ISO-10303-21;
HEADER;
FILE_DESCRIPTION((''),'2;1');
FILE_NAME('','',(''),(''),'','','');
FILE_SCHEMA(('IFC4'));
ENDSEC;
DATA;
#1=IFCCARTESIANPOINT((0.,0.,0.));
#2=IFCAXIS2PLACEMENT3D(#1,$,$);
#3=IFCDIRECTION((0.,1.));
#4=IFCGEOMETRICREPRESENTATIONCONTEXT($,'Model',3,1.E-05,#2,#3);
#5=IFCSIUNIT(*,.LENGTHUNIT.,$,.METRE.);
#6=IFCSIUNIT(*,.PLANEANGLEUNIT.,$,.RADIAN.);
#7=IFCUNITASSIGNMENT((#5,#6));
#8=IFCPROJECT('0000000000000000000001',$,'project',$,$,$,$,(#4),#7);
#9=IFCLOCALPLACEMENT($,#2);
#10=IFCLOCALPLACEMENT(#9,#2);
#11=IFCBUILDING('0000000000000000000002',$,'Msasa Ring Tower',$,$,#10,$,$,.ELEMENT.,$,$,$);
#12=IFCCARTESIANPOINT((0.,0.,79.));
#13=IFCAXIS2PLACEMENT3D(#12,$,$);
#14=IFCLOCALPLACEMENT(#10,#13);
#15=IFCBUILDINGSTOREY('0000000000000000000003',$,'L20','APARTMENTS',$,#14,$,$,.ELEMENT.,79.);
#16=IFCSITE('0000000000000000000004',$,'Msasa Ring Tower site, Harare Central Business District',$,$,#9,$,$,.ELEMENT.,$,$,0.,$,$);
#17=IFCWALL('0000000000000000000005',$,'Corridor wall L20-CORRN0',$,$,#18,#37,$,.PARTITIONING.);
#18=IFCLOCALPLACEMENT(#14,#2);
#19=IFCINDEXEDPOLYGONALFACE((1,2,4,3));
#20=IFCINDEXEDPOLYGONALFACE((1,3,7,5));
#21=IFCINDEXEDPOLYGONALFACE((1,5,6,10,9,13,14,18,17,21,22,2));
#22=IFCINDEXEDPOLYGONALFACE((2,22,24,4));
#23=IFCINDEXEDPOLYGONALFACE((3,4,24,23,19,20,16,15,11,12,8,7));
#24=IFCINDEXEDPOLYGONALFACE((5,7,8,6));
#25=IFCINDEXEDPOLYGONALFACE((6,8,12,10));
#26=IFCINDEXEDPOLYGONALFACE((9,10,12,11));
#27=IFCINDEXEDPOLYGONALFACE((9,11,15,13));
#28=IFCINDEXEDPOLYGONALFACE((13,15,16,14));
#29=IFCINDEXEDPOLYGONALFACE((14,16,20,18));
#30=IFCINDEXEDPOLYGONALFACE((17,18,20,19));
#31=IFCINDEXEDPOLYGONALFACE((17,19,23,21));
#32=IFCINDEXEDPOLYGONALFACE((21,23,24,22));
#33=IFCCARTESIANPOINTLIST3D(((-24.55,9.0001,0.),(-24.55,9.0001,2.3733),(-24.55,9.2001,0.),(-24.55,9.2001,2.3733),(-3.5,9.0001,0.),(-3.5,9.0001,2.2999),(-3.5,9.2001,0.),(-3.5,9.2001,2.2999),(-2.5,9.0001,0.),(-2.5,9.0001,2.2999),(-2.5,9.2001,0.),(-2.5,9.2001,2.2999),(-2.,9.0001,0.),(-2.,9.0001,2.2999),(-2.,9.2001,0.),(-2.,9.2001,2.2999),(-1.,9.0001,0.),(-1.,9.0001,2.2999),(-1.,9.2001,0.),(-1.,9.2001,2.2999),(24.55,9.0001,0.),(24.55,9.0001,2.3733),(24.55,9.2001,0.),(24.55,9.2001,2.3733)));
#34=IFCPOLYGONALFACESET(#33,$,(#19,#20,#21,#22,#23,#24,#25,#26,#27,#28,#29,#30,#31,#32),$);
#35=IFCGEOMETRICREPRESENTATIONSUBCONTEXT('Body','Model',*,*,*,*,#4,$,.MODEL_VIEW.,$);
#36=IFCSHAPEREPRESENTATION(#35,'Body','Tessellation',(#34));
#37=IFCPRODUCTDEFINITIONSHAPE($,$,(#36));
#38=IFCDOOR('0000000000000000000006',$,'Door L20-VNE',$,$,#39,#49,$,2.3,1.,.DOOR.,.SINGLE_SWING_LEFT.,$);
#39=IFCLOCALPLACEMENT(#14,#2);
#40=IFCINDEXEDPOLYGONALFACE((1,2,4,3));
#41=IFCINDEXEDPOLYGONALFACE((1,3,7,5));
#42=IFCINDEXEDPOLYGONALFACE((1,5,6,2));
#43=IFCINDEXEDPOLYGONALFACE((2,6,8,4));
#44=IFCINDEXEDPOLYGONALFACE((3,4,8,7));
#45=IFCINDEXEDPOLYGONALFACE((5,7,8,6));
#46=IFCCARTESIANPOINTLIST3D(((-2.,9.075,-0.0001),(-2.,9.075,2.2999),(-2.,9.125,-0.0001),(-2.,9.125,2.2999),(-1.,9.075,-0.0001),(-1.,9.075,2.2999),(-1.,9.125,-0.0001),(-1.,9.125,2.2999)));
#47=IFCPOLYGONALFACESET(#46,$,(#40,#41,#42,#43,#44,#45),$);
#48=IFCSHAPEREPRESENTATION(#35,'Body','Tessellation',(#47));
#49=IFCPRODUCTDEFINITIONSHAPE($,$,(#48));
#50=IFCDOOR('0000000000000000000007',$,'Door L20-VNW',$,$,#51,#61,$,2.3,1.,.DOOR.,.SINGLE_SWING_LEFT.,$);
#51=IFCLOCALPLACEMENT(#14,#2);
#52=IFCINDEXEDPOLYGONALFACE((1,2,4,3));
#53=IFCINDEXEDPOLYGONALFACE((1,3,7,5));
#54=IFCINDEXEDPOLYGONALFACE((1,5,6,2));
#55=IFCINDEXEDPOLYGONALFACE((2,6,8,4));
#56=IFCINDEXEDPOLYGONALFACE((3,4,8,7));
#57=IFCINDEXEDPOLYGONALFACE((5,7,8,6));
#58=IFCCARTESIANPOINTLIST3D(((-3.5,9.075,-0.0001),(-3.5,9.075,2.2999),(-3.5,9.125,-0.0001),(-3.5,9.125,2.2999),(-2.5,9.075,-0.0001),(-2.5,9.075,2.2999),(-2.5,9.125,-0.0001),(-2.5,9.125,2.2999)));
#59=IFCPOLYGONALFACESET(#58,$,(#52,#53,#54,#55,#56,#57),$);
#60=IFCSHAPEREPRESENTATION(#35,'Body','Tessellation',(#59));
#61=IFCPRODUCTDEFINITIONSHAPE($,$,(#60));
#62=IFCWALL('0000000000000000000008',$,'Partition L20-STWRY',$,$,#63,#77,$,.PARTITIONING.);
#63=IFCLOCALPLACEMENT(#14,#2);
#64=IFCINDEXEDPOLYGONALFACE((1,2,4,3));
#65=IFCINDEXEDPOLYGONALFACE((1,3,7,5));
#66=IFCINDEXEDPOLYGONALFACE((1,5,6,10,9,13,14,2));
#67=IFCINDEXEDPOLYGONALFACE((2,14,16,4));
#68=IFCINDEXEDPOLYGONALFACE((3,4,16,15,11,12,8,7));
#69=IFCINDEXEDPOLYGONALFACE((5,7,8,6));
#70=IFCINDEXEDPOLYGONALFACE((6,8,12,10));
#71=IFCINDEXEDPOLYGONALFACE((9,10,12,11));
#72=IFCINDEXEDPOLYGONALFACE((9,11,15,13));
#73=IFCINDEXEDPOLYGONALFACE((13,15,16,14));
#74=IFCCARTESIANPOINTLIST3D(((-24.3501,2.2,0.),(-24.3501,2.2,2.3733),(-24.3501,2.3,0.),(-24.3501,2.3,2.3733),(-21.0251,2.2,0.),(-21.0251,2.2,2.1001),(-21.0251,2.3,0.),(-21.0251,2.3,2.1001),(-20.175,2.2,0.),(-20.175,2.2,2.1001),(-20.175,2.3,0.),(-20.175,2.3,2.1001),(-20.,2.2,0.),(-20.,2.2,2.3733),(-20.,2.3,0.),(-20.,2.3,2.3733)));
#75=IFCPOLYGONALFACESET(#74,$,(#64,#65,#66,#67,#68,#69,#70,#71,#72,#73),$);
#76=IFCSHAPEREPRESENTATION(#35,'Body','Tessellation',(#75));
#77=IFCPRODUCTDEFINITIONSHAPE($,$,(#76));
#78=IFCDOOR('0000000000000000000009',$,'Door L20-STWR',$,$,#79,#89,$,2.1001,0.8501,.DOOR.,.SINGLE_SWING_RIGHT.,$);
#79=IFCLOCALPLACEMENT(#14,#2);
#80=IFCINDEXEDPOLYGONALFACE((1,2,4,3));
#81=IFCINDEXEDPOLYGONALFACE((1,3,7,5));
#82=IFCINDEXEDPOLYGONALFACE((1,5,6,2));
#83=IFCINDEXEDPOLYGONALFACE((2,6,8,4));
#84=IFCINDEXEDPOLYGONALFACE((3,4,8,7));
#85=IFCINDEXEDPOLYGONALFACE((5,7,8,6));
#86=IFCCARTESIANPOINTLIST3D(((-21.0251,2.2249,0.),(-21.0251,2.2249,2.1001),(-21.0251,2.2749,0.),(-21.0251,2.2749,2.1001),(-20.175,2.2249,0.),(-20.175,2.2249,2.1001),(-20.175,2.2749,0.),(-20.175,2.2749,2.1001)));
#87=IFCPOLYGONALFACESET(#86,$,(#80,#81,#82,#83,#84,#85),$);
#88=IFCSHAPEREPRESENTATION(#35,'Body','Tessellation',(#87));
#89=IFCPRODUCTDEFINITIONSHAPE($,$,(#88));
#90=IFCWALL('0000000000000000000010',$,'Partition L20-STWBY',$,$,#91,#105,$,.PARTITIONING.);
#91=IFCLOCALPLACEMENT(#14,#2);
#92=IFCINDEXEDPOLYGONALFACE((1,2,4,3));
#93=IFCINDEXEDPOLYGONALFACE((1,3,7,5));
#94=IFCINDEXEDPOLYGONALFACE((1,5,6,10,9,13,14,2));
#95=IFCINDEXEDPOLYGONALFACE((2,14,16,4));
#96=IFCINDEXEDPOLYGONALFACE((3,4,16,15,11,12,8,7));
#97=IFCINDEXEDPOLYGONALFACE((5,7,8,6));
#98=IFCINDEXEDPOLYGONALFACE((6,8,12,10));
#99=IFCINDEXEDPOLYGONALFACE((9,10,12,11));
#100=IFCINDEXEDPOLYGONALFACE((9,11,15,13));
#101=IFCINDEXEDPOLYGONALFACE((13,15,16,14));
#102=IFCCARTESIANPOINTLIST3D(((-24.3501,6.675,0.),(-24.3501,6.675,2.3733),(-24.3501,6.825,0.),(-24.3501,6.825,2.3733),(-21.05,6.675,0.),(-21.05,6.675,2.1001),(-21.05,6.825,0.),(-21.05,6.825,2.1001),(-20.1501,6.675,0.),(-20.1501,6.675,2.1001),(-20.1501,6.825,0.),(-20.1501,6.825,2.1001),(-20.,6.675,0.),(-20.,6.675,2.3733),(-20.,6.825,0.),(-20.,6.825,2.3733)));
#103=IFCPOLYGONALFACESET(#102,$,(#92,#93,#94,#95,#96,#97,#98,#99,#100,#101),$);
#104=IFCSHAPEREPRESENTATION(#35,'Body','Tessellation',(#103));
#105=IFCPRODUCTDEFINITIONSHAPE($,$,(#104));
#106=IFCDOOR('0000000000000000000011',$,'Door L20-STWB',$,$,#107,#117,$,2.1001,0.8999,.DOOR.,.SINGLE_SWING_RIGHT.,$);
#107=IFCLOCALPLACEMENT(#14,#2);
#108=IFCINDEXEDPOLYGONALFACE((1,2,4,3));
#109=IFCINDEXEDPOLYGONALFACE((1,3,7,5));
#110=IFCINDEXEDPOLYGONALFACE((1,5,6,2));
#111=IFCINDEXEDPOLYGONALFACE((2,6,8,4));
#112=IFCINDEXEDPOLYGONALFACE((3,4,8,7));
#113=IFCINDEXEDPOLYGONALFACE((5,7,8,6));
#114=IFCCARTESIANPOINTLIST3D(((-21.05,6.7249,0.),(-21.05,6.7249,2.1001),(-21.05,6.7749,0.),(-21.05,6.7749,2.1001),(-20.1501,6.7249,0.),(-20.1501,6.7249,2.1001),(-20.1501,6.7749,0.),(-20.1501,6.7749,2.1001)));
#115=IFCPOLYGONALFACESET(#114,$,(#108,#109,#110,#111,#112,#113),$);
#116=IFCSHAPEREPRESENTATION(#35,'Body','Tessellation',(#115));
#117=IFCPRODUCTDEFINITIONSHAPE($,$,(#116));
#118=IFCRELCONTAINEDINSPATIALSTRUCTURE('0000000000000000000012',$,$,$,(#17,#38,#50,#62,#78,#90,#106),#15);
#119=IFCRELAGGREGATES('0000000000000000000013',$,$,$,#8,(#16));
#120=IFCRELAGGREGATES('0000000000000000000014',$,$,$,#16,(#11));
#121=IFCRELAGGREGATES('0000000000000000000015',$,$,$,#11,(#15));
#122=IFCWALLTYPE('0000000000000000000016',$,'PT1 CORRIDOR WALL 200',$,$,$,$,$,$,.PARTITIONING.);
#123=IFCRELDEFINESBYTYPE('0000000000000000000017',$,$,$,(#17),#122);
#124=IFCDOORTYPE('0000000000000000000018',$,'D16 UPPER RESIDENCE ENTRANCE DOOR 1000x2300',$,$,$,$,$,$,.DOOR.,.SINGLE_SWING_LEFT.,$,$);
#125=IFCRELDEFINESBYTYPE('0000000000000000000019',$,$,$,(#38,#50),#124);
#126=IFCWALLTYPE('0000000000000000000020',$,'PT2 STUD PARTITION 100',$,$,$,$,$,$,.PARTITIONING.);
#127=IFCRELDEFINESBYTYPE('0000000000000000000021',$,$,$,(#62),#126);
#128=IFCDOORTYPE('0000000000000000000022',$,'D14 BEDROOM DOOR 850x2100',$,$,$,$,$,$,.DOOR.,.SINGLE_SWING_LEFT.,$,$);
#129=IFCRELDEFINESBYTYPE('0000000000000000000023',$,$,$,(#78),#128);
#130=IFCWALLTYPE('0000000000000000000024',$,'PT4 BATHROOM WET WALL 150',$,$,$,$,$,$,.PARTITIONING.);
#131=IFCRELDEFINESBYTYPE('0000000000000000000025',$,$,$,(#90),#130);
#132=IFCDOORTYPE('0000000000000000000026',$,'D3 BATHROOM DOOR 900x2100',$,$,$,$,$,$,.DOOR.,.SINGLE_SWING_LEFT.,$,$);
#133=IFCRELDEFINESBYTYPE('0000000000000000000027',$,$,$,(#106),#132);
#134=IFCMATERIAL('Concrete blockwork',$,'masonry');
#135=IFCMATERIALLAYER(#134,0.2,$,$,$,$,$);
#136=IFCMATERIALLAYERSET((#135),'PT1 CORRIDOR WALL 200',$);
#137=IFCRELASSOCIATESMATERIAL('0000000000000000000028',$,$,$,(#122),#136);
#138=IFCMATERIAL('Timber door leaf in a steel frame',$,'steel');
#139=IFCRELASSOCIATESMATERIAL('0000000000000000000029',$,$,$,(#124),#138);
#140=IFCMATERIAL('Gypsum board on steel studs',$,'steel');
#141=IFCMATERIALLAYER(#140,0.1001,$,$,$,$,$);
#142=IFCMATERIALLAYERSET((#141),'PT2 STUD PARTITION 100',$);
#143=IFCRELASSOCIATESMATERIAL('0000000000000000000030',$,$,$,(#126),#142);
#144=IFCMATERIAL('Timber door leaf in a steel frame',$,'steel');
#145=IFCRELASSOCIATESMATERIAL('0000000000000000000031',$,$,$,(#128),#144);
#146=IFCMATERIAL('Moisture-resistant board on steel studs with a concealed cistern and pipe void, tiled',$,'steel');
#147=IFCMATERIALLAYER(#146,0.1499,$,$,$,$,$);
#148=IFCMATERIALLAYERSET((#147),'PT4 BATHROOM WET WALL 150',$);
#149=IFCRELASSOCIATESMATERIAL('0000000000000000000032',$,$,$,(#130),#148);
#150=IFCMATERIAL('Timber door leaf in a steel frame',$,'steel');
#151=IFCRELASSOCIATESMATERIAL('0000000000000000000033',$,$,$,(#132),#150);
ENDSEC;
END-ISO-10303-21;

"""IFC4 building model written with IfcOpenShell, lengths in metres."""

from ifc_helpers import new_model, si_unit, direction, frame, frame_2d, origin, place, context, subcontext, project, spatial, rectangle, extrude, material, layer, layer_set, type_object, element, fill, save


model = new_model("IFC4")

# Units and contexts
model_context = context("Model", 3, precision=1e-05, world=origin(), true_north=direction((0.0, 1.0)))
body_context = subcontext(model_context, "Body", "Model", "MODEL_VIEW")
ifc_project = project(units=[si_unit("LENGTHUNIT", "METRE"), si_unit("PLANEANGLEUNIT", "RADIAN")], contexts=[model_context])

# Site, building, storey
site_placement = place(None, origin())
site = spatial("IfcSite", under=ifc_project, at=site_placement, Name="Msasa Ring Tower site, Harare Central Business District", CompositionType="ELEMENT", RefElevation=0.0)
building_placement = place(site_placement, origin())
building = spatial("IfcBuilding", under=site, at=building_placement, Name="Msasa Ring Tower", CompositionType="ELEMENT")
storey_placement = place(building_placement, frame((0.0, 0.0, 79.0)))
storey = spatial("IfcBuildingStorey", under=building, at=storey_placement, Name="L20", Description="APARTMENTS", CompositionType="ELEMENT", Elevation=79.0)

# Wall, openings, doors
ifc_material_1 = material(Name="Concrete blockwork", Category="masonry")
ifc_layer_1 = layer(ifc_material_1, 0.2)
ifc_layer_set_1 = layer_set([ifc_layer_1], Name="PT1 CORRIDOR WALL 200")
wall_type_1 = type_object("IfcWallType", Name="PT1 CORRIDOR WALL 200", PredefinedType="PARTITIONING", material=ifc_layer_set_1)
wall_1_placement = place(storey_placement, frame((-24.55, 9.1001, 0.0), z_axis=(0.0, 0.0, 1.0), x_axis=(1.0, 0.0, 0.0)))
wall_1 = element("IfcWall", 1, at=wall_1_placement, inside=storey, type_object=wall_type_1, Name="Corridor wall L20-CORRN0", PredefinedType="PARTITIONING", context=body_context, shape_type="SweptSolid", body=[
    extrude(rectangle(XDim=49.1001, YDim=0.2, at=frame_2d((24.55, 0.0))), origin(), (0.0, 0.0, 1.0), 2.3733),
])
opening_1_placement = place(wall_1_placement, frame((22.55, 0.0, 0.0)))
opening_1 = element("IfcOpeningElement", 2, at=opening_1_placement, cuts=wall_1, PredefinedType="OPENING", context=body_context, shape_type="SweptSolid", body=[
    extrude(rectangle(XDim=1.0, YDim=2.3, at=frame_2d((0.5, 1.1499))), frame((0.0, 0.1099, 0.0), z_axis=(0.0, -1.0, 0.0), x_axis=(1.0, 0.0, 0.0)), (0.0, 0.0, 1.0), 0.22),
])
opening_2_placement = place(wall_1_placement, frame((21.05, 0.0, 0.0)))
opening_2 = element("IfcOpeningElement", 3, at=opening_2_placement, cuts=wall_1, PredefinedType="OPENING", context=body_context, shape_type="SweptSolid", body=[
    extrude(rectangle(XDim=1.0, YDim=2.3, at=frame_2d((0.5, 1.1499))), frame((0.0, 0.1099, 0.0), z_axis=(0.0, -1.0, 0.0), x_axis=(1.0, 0.0, 0.0)), (0.0, 0.0, 1.0), 0.22),
])
ifc_material_2 = material(Name="Timber door leaf in a steel frame", Category="steel")
door_type_1 = type_object("IfcDoorType", Name="D16 UPPER RESIDENCE ENTRANCE DOOR 1000x2300", OperationType="SINGLE_SWING_LEFT", PredefinedType="DOOR", material=ifc_material_2)
door_1_placement = place(opening_1_placement, origin())
door_1 = element("IfcDoor", 4, at=door_1_placement, inside=storey, type_object=door_type_1, Name="Door L20-VNE", OperationType="SINGLE_SWING_LEFT", OverallHeight=2.3, OverallWidth=1.0, PredefinedType="DOOR", context=body_context, shape_type="SweptSolid", body=[
    extrude(rectangle(XDim=1.0, YDim=2.3, at=frame_2d((0.5, 1.1499))), frame((0.0, 0.0249, 0.0), z_axis=(0.0, -1.0, 0.0), x_axis=(1.0, 0.0, 0.0)), (0.0, 0.0, 1.0), 0.05),
])
fill(opening_1, door_1)
door_2_placement = place(opening_2_placement, origin())
door_2 = element("IfcDoor", 5, at=door_2_placement, inside=storey, type_object=door_type_1, Name="Door L20-VNW", OperationType="SINGLE_SWING_LEFT", OverallHeight=2.3, OverallWidth=1.0, PredefinedType="DOOR", context=body_context, shape_type="SweptSolid", body=[
    extrude(rectangle(XDim=1.0, YDim=2.3, at=frame_2d((0.5, 1.1499))), frame((0.0, 0.0249, 0.0), z_axis=(0.0, -1.0, 0.0), x_axis=(1.0, 0.0, 0.0)), (0.0, 0.0, 1.0), 0.05),
])
fill(opening_2, door_2)

# Walls, openings, doors
ifc_material_3 = material(Name="Gypsum board on steel studs", Category="steel")
ifc_layer_2 = layer(ifc_material_3, 0.1001)
ifc_layer_set_2 = layer_set([ifc_layer_2], Name="PT2 STUD PARTITION 100")
wall_type_2 = type_object("IfcWallType", Name="PT2 STUD PARTITION 100", PredefinedType="PARTITIONING", material=ifc_layer_set_2)
wall_2_placement = place(storey_placement, frame((-24.3501, 2.25, 0.0), z_axis=(0.0, 0.0, 1.0), x_axis=(1.0, 0.0, 0.0)))
wall_2 = element("IfcWall", 6, at=wall_2_placement, inside=storey, type_object=wall_type_2, Name="Partition L20-STWRY", PredefinedType="PARTITIONING", context=body_context, shape_type="SweptSolid", body=[
    extrude(rectangle(XDim=4.3501, YDim=0.1001, at=frame_2d((2.175, 0.0))), origin(), (0.0, 0.0, 1.0), 2.3733),
])
opening_3_placement = place(wall_2_placement, frame((3.325, 0.0, 0.0)))
opening_3 = element("IfcOpeningElement", 7, at=opening_3_placement, cuts=wall_2, PredefinedType="OPENING", context=body_context, shape_type="SweptSolid", body=[
    extrude(rectangle(XDim=0.8501, YDim=2.1001, at=frame_2d((0.425, 1.05))), frame((0.0, 0.0601, 0.0), z_axis=(0.0, -1.0, 0.0), x_axis=(1.0, 0.0, 0.0)), (0.0, 0.0, 1.0), 0.1201),
])
ifc_material_4 = material(Name="Timber door leaf in a steel frame", Category="steel")
door_type_2 = type_object("IfcDoorType", Name="D14 BEDROOM DOOR 850x2100", OperationType="SINGLE_SWING_LEFT", PredefinedType="DOOR", material=ifc_material_4)
door_3_placement = place(opening_3_placement, origin())
door_3 = element("IfcDoor", 8, at=door_3_placement, inside=storey, type_object=door_type_2, Name="Door L20-STWR", OperationType="SINGLE_SWING_RIGHT", OverallHeight=2.1001, OverallWidth=0.8501, PredefinedType="DOOR", context=body_context, shape_type="SweptSolid", body=[
    extrude(rectangle(XDim=0.8501, YDim=2.1001, at=frame_2d((0.425, 1.05))), frame((0.0, 0.0249, 0.0), z_axis=(0.0, -1.0, 0.0), x_axis=(1.0, 0.0, 0.0)), (0.0, 0.0, 1.0), 0.05),
])
fill(opening_3, door_3)
ifc_material_5 = material(Name="Moisture-resistant board on steel studs with a concealed cistern and pipe void, tiled", Category="steel")
ifc_layer_3 = layer(ifc_material_5, 0.1499)
ifc_layer_set_3 = layer_set([ifc_layer_3], Name="PT4 BATHROOM WET WALL 150")
wall_type_3 = type_object("IfcWallType", Name="PT4 BATHROOM WET WALL 150", PredefinedType="PARTITIONING", material=ifc_layer_set_3)
wall_3_placement = place(storey_placement, frame((-24.3501, 6.75, 0.0), z_axis=(0.0, 0.0, 1.0), x_axis=(1.0, 0.0, 0.0)))
wall_3 = element("IfcWall", 9, at=wall_3_placement, inside=storey, type_object=wall_type_3, Name="Partition L20-STWBY", PredefinedType="PARTITIONING", context=body_context, shape_type="SweptSolid", body=[
    extrude(rectangle(XDim=4.3501, YDim=0.1499, at=frame_2d((2.175, 0.0))), origin(), (0.0, 0.0, 1.0), 2.3733),
])
opening_4_placement = place(wall_3_placement, frame((3.3, 0.0, 0.0)))
opening_4 = element("IfcOpeningElement", 10, at=opening_4_placement, cuts=wall_3, PredefinedType="OPENING", context=body_context, shape_type="SweptSolid", body=[
    extrude(rectangle(XDim=0.8999, YDim=2.1001, at=frame_2d((0.45, 1.05))), frame((0.0, 0.085, 0.0), z_axis=(0.0, -1.0, 0.0), x_axis=(1.0, 0.0, 0.0)), (0.0, 0.0, 1.0), 0.1699),
])
ifc_material_6 = material(Name="Timber door leaf in a steel frame", Category="steel")
door_type_3 = type_object("IfcDoorType", Name="D3 BATHROOM DOOR 900x2100", OperationType="SINGLE_SWING_LEFT", PredefinedType="DOOR", material=ifc_material_6)
door_4_placement = place(opening_4_placement, origin())
door_4 = element("IfcDoor", 11, at=door_4_placement, inside=storey, type_object=door_type_3, Name="Door L20-STWB", OperationType="SINGLE_SWING_RIGHT", OverallHeight=2.1001, OverallWidth=0.8999, PredefinedType="DOOR", context=body_context, shape_type="SweptSolid", body=[
    extrude(rectangle(XDim=0.8999, YDim=2.1001, at=frame_2d((0.45, 1.05))), frame((0.0, 0.0249, 0.0), z_axis=(0.0, -1.0, 0.0), x_axis=(1.0, 0.0, 0.0)), (0.0, 0.0, 1.0), 0.05),
])
fill(opening_4, door_4)

save(model, "model.ifc")
